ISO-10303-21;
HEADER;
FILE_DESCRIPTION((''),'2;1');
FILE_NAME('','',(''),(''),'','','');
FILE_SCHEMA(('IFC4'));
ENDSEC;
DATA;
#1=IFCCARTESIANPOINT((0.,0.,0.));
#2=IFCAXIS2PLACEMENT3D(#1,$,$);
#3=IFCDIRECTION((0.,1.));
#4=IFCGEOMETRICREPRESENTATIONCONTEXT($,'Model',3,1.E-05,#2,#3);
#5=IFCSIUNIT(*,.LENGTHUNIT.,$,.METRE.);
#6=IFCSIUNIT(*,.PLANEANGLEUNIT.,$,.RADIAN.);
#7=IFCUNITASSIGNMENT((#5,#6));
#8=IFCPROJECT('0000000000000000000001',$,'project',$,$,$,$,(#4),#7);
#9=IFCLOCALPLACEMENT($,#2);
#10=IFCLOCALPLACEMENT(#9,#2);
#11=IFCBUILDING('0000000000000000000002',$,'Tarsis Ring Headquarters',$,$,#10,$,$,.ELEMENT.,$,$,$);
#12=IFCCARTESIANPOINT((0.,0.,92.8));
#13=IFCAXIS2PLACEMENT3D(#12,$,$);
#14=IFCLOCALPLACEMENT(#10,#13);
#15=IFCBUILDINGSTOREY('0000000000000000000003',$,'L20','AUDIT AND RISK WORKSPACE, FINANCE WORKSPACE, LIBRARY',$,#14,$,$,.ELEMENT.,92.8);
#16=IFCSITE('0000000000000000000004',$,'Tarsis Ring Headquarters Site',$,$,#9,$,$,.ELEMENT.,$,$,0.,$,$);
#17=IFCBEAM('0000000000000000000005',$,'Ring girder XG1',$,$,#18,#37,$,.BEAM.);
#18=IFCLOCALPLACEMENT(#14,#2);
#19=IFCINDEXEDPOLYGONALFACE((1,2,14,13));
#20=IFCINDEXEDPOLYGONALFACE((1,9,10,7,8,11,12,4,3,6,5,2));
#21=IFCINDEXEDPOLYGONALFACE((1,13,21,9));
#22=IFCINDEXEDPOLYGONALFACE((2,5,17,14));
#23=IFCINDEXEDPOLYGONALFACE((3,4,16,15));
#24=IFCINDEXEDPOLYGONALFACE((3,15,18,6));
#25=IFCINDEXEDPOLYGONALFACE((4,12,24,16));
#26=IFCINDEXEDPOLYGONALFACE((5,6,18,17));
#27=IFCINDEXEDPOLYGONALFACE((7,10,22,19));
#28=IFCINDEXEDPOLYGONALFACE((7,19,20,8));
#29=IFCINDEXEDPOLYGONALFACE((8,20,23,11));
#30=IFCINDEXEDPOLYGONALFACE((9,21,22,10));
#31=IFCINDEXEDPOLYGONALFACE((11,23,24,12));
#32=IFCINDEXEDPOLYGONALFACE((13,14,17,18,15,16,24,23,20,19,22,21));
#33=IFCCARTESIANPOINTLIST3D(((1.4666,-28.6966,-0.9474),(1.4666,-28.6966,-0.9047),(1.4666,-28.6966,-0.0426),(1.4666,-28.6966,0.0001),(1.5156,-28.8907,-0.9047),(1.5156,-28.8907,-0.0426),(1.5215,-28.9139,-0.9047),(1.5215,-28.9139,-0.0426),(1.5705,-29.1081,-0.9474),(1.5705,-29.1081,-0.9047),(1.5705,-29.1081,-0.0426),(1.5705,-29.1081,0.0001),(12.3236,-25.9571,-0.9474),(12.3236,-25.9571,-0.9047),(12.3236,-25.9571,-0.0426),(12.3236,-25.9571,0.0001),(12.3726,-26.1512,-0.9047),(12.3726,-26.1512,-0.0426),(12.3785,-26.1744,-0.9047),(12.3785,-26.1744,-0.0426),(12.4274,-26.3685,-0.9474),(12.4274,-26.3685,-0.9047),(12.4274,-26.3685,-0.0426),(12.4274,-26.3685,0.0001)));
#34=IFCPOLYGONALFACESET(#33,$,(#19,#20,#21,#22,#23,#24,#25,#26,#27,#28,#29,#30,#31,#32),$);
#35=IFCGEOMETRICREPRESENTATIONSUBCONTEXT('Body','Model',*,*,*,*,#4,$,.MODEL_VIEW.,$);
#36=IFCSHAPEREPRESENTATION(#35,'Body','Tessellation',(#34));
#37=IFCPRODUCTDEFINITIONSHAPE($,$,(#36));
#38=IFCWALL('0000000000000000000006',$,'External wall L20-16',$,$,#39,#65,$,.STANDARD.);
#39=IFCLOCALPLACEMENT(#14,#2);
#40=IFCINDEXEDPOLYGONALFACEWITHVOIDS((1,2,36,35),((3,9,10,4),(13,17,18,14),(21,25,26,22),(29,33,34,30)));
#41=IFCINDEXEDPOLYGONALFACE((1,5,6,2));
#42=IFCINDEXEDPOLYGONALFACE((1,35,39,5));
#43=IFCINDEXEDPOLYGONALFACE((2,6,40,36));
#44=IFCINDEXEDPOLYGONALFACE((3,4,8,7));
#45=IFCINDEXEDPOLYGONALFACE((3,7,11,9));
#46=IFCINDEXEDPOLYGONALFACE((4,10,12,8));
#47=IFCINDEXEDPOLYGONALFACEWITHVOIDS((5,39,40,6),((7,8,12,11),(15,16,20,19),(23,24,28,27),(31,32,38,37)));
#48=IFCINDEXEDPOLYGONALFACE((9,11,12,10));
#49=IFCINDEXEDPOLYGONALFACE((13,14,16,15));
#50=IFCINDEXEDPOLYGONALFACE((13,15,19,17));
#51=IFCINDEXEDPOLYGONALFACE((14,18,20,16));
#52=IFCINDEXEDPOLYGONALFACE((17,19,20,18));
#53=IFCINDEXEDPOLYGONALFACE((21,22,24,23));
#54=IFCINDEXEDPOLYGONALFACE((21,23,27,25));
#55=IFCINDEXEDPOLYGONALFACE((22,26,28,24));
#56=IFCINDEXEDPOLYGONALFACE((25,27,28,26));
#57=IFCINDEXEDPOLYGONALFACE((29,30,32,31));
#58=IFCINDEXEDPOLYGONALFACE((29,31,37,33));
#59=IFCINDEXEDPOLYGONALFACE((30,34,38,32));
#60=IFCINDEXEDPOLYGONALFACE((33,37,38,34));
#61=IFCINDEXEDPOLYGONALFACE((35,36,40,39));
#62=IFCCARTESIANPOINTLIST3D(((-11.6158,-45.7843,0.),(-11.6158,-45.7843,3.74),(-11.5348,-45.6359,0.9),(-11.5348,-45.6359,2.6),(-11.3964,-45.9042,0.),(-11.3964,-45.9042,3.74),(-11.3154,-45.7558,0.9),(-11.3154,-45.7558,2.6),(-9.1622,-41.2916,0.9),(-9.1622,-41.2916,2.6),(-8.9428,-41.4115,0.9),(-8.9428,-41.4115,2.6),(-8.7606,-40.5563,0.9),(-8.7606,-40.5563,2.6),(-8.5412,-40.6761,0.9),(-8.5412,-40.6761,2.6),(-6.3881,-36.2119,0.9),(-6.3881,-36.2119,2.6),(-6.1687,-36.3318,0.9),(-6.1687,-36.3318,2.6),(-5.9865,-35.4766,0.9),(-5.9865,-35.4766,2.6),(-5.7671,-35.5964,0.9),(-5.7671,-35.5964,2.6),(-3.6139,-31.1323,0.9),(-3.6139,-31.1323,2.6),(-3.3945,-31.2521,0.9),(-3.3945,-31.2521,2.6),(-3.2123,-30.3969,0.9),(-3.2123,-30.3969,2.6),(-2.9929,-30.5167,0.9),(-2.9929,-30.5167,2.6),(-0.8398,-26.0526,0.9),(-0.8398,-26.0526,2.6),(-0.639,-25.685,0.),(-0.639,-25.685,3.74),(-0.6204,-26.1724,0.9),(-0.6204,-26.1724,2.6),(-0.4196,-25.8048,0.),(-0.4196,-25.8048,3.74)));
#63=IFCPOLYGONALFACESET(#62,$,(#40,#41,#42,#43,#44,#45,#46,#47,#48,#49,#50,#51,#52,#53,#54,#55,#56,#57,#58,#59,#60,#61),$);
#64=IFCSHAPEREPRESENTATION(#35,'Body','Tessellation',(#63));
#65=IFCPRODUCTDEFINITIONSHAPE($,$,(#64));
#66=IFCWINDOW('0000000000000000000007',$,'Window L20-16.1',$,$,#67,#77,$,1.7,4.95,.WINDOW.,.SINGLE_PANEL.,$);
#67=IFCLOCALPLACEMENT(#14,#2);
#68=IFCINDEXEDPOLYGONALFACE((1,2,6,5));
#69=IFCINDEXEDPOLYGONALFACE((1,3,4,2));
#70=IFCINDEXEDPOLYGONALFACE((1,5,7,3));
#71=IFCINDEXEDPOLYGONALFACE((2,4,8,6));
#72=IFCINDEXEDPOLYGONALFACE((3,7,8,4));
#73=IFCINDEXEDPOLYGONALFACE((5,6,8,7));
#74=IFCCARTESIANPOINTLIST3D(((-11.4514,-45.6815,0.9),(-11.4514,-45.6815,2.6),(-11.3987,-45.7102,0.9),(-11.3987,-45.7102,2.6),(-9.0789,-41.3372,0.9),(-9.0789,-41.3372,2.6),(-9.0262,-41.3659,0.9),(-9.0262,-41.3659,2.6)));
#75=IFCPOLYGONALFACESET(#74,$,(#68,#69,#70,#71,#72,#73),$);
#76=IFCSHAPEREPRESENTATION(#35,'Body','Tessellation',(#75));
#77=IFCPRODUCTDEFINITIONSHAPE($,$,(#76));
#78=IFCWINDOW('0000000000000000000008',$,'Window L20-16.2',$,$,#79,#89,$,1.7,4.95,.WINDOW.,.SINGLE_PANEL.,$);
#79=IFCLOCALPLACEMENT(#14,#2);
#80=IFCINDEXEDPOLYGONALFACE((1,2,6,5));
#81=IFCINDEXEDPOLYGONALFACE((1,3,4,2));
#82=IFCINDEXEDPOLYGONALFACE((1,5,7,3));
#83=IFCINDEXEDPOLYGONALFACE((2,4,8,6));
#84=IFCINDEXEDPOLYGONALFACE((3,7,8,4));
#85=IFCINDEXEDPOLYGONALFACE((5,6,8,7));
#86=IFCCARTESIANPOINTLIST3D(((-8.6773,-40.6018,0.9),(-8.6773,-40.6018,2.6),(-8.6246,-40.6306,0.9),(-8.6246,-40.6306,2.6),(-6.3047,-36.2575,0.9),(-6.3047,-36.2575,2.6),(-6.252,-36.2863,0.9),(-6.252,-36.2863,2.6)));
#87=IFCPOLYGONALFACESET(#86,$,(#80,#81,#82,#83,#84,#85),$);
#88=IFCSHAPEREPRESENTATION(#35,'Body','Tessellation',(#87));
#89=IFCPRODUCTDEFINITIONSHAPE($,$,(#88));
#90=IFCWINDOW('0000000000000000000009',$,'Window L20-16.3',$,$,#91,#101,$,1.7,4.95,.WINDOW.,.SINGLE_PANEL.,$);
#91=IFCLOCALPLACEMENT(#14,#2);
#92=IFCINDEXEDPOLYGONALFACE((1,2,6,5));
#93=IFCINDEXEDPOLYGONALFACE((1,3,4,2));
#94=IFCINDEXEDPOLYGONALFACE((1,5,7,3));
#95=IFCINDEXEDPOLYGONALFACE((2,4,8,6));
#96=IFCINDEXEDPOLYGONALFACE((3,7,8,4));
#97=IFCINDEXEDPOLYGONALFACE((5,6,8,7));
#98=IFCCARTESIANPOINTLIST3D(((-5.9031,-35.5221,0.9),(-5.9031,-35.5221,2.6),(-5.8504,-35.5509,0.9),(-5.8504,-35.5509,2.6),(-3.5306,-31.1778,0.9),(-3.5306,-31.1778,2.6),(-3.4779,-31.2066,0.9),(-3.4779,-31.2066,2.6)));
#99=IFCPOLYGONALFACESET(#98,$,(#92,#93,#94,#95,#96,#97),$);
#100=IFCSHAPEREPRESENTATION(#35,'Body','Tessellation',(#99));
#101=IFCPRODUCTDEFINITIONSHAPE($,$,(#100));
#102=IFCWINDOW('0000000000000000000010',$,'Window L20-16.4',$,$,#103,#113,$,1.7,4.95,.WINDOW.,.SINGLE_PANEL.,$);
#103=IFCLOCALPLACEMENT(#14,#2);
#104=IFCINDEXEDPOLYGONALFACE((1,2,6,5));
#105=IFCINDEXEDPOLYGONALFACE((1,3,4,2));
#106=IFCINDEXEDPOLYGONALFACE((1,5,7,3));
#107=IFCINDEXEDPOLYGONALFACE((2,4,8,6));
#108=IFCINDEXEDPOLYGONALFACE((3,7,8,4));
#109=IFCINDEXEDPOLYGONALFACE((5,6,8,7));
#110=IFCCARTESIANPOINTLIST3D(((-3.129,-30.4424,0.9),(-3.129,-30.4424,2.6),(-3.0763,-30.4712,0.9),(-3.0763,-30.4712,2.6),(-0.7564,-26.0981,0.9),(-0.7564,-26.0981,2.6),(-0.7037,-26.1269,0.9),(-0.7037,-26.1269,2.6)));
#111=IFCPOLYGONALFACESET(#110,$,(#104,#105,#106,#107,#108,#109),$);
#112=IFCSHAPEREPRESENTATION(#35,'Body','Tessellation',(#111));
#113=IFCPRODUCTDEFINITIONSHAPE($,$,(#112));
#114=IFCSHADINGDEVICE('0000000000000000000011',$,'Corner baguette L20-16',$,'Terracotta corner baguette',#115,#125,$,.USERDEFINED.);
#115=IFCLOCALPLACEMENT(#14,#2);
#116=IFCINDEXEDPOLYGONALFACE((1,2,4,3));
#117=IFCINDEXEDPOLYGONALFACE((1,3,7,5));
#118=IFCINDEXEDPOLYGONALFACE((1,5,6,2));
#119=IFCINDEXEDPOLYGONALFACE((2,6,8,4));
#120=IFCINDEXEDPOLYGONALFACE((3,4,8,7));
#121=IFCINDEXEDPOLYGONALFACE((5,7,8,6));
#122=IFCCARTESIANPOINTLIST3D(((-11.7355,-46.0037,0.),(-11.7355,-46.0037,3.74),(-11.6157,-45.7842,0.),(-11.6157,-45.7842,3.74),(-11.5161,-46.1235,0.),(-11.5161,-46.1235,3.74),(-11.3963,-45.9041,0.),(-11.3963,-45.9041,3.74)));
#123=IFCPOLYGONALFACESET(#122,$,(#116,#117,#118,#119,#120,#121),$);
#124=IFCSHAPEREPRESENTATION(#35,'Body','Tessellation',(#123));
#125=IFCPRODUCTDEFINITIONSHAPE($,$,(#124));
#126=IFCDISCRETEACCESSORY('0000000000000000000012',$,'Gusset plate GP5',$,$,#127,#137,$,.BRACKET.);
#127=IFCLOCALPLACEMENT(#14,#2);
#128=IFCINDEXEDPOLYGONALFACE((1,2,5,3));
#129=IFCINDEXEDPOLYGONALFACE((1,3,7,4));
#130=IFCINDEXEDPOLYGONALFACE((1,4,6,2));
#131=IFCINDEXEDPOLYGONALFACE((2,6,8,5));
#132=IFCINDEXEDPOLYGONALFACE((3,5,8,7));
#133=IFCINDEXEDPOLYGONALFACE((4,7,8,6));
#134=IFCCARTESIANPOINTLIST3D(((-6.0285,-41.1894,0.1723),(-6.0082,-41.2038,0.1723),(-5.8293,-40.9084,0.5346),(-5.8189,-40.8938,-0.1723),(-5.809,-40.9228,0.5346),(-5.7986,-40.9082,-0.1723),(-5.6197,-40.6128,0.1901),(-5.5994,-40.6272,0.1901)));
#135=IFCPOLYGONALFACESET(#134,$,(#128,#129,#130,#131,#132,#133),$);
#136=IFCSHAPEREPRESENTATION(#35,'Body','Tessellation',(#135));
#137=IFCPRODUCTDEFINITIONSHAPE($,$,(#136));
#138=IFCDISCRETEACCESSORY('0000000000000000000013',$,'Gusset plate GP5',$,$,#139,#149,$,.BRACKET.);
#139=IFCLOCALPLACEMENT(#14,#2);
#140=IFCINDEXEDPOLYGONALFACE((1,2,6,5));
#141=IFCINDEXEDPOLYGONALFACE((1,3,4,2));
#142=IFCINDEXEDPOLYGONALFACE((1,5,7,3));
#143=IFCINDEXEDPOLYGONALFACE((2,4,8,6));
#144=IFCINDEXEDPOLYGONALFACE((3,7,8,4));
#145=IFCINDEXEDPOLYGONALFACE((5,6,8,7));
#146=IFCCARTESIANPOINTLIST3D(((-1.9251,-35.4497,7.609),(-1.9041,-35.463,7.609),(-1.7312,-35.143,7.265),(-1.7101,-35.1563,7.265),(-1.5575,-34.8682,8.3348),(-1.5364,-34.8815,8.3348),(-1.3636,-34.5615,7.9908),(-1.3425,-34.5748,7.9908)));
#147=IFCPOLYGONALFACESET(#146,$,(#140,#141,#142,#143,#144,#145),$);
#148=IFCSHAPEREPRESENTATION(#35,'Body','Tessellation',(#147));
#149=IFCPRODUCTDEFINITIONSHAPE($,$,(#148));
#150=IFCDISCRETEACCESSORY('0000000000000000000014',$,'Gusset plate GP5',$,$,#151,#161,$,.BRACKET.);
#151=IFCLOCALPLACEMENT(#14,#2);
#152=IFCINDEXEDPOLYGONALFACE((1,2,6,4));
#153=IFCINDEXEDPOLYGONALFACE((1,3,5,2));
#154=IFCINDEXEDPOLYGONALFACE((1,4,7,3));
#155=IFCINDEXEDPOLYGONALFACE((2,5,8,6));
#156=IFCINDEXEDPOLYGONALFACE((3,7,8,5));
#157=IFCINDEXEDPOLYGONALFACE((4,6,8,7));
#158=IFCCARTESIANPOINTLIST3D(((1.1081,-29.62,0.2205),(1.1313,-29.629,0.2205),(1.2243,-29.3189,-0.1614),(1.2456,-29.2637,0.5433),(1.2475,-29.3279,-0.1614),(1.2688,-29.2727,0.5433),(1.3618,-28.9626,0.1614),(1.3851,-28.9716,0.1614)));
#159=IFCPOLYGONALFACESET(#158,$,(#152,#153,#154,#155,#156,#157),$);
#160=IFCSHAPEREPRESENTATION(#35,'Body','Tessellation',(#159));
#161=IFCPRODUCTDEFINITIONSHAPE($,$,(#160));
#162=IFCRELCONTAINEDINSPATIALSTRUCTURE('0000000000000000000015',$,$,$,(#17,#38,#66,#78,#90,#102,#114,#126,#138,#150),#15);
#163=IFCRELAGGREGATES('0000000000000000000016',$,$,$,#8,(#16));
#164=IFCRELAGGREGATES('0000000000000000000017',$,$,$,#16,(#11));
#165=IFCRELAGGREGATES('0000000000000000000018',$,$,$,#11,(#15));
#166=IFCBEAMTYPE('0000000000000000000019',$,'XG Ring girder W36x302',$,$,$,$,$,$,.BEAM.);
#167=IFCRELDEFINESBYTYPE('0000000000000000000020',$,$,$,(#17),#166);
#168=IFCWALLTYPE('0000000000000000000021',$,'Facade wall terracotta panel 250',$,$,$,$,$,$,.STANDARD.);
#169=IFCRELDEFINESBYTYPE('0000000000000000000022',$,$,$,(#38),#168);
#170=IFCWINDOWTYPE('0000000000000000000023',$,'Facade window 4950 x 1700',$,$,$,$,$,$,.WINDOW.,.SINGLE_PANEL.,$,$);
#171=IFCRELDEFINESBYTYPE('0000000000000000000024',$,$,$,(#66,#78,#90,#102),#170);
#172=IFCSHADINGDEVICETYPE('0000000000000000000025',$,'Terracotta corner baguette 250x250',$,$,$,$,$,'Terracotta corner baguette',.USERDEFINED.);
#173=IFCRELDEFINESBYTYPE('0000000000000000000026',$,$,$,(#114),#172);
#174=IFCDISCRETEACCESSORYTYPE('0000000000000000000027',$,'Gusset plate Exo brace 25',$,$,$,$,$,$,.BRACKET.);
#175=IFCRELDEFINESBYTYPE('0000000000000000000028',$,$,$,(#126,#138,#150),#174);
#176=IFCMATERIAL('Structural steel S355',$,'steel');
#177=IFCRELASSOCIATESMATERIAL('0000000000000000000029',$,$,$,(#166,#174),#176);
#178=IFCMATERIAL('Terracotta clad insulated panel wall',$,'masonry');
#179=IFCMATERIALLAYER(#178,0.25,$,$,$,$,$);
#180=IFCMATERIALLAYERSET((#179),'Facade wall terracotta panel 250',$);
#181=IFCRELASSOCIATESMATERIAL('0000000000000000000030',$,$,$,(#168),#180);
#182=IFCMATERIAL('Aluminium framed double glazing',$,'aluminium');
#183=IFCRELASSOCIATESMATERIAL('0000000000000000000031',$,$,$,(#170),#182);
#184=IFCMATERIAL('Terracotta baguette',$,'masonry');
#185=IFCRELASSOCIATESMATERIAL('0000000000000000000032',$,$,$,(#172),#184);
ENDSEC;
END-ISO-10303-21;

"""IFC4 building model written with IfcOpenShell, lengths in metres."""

from ifc_helpers import new_model, si_unit, direction, frame, frame_2d, origin, origin_2d, place, context, subcontext, project, spatial, rectangle, i_section, extrude, material, layer, layer_set, material_profile, profile_set, type_object, element, fill, save


model = new_model("IFC4")

# Units and contexts
model_context = context("Model", 3, precision=1e-05, world=origin(), true_north=direction((0.0, 1.0)))
body_context = subcontext(model_context, "Body", "Model", "MODEL_VIEW")
ifc_project = project(units=[si_unit("LENGTHUNIT", "METRE"), si_unit("PLANEANGLEUNIT", "RADIAN")], contexts=[model_context])

# Site, building, storey
site_placement = place(None, origin())
site = spatial("IfcSite", under=ifc_project, at=site_placement, Name="Tarsis Ring Headquarters Site", CompositionType="ELEMENT", RefElevation=0.0)
building_placement = place(site_placement, origin())
building = spatial("IfcBuilding", under=site, at=building_placement, Name="Tarsis Ring Headquarters", CompositionType="ELEMENT")
storey_placement = place(building_placement, frame((0.0, 0.0, 92.8)))
storey = spatial("IfcBuildingStorey", under=building, at=storey_placement, Name="L20", Description="AUDIT AND RISK WORKSPACE, FINANCE WORKSPACE, LIBRARY", CompositionType="ELEMENT", Elevation=92.8)

# Shared definitions
ifc_material_1 = material(Name="Structural steel S355", Category="steel")

# Beam
ifc_material_profile_1 = material_profile(ifc_material_1, i_section(OverallWidth=0.4243, OverallDepth=0.9475, WebThickness=0.0239, FlangeThickness=0.0427, at=origin_2d()), Name="W36x302")
ifc_profile_set_1 = profile_set([ifc_material_profile_1], Name="Structural steel S355")
beam_type = type_object("IfcBeamType", Name="XG Ring girder W36x302", PredefinedType="BEAM", material=ifc_profile_set_1)
beam_1_placement = place(storey_placement, frame((1.5186, -28.9023, -0.4736), z_axis=(0.969609, 0.244659, 0.0), x_axis=(-0.244659, 0.969609, 0.0)))
element("IfcBeam", 1, at=beam_1_placement, inside=storey, type_object=beam_type, Name="Ring girder XG1", PredefinedType="BEAM", context=body_context, shape_type="SweptSolid", body=[
    extrude(i_section(OverallWidth=0.4243, OverallDepth=0.9475, WebThickness=0.0239, FlangeThickness=0.0427, at=origin_2d()), origin(), (0.0, 0.0, 1.0), 11.1973),
])

# Wall, openings, windows
ifc_material_2 = material(Name="Terracotta clad insulated panel wall", Category="masonry")
ifc_layer = layer(ifc_material_2, 0.25)
ifc_layer_set = layer_set([ifc_layer], Name="Facade wall terracotta panel 250")
wall_type = type_object("IfcWallType", Name="Facade wall terracotta panel 250", PredefinedType="STANDARD", material=ifc_layer_set)
wall_placement = place(storey_placement, frame((-11.5061, -45.8442, 0.0), z_axis=(0.0, 0.0, 1.0), x_axis=(0.479307, 0.877647, 0.0)))
wall = element("IfcWall", 2, at=wall_placement, inside=storey, type_object=wall_type, Name="External wall L20-16", PredefinedType="STANDARD", context=body_context, shape_type="SweptSolid", body=[
    extrude(rectangle(XDim=22.9014, YDim=0.25, at=frame_2d((11.4507, 0.0))), origin(), (0.0, 0.0, 1.0), 3.74),
])
opening_1_placement = place(wall_placement, frame((0.1689, 0.0, 0.8999)))
opening_1 = element("IfcOpeningElement", 3, at=opening_1_placement, cuts=wall, PredefinedType="OPENING", context=body_context, shape_type="SweptSolid", body=[
    extrude(rectangle(XDim=4.95, YDim=1.7, at=frame_2d((2.4751, 0.8501))), frame((0.0, 0.135, 0.0), z_axis=(0.0, -1.0, 0.0), x_axis=(1.0, 0.0, 0.0)), (0.0, 0.0, 1.0), 0.27),
])
opening_2_placement = place(wall_placement, frame((5.9568, 0.0, 0.8999)))
opening_2 = element("IfcOpeningElement", 4, at=opening_2_placement, cuts=wall, PredefinedType="OPENING", context=body_context, shape_type="SweptSolid", body=[
    extrude(rectangle(XDim=4.95, YDim=1.7, at=frame_2d((2.4751, 0.8501))), frame((0.0, 0.135, 0.0), z_axis=(0.0, -1.0, 0.0), x_axis=(1.0, 0.0, 0.0)), (0.0, 0.0, 1.0), 0.27),
])
opening_3_placement = place(wall_placement, frame((11.7446, 0.0, 0.8999)))
opening_3 = element("IfcOpeningElement", 5, at=opening_3_placement, cuts=wall, PredefinedType="OPENING", context=body_context, shape_type="SweptSolid", body=[
    extrude(rectangle(XDim=4.95, YDim=1.7, at=frame_2d((2.4751, 0.8501))), frame((0.0, 0.135, 0.0), z_axis=(0.0, -1.0, 0.0), x_axis=(1.0, 0.0, 0.0)), (0.0, 0.0, 1.0), 0.27),
])
opening_4_placement = place(wall_placement, frame((17.5325, 0.0, 0.8999)))
opening_4 = element("IfcOpeningElement", 6, at=opening_4_placement, cuts=wall, PredefinedType="OPENING", context=body_context, shape_type="SweptSolid", body=[
    extrude(rectangle(XDim=4.95, YDim=1.7, at=frame_2d((2.4751, 0.8501))), frame((0.0, 0.135, 0.0), z_axis=(0.0, -1.0, 0.0), x_axis=(1.0, 0.0, 0.0)), (0.0, 0.0, 1.0), 0.27),
])
ifc_material_3 = material(Name="Aluminium framed double glazing", Category="aluminium")
window_type = type_object("IfcWindowType", Name="Facade window 4950 x 1700", PartitioningType="SINGLE_PANEL", PredefinedType="WINDOW", material=ifc_material_3)
window_1_placement = place(opening_1_placement, origin())
window_1 = element("IfcWindow", 7, at=window_1_placement, inside=storey, type_object=window_type, Name="Window L20-16.1", OverallHeight=1.7, OverallWidth=4.95, PartitioningType="SINGLE_PANEL", PredefinedType="WINDOW", context=body_context, shape_type="SweptSolid", body=[
    extrude(rectangle(XDim=4.95, YDim=1.7, at=frame_2d((2.4751, 0.8501))), frame((0.0, 0.03, 0.0), z_axis=(0.0, -1.0, 0.0), x_axis=(1.0, 0.0, 0.0)), (0.0, 0.0, 1.0), 0.0601),
])
fill(opening_1, window_1)
window_2_placement = place(opening_2_placement, origin())
window_2 = element("IfcWindow", 8, at=window_2_placement, inside=storey, type_object=window_type, Name="Window L20-16.2", OverallHeight=1.7, OverallWidth=4.95, PartitioningType="SINGLE_PANEL", PredefinedType="WINDOW", context=body_context, shape_type="SweptSolid", body=[
    extrude(rectangle(XDim=4.95, YDim=1.7, at=frame_2d((2.4751, 0.8501))), frame((0.0, 0.03, 0.0), z_axis=(0.0, -1.0, 0.0), x_axis=(1.0, 0.0, 0.0)), (0.0, 0.0, 1.0), 0.0601),
])
fill(opening_2, window_2)
window_3_placement = place(opening_3_placement, origin())
window_3 = element("IfcWindow", 9, at=window_3_placement, inside=storey, type_object=window_type, Name="Window L20-16.3", OverallHeight=1.7, OverallWidth=4.95, PartitioningType="SINGLE_PANEL", PredefinedType="WINDOW", context=body_context, shape_type="SweptSolid", body=[
    extrude(rectangle(XDim=4.95, YDim=1.7, at=frame_2d((2.4751, 0.8501))), frame((0.0, 0.03, 0.0), z_axis=(0.0, -1.0, 0.0), x_axis=(1.0, 0.0, 0.0)), (0.0, 0.0, 1.0), 0.0601),
])
fill(opening_3, window_3)
window_4_placement = place(opening_4_placement, origin())
window_4 = element("IfcWindow", 10, at=window_4_placement, inside=storey, type_object=window_type, Name="Window L20-16.4", OverallHeight=1.7, OverallWidth=4.95, PartitioningType="SINGLE_PANEL", PredefinedType="WINDOW", context=body_context, shape_type="SweptSolid", body=[
    extrude(rectangle(XDim=4.95, YDim=1.7, at=frame_2d((2.4751, 0.8501))), frame((0.0, 0.03, 0.0), z_axis=(0.0, -1.0, 0.0), x_axis=(1.0, 0.0, 0.0)), (0.0, 0.0, 1.0), 0.0601),
])
fill(opening_4, window_4)

# Shading device
ifc_material_4 = material(Name="Terracotta baguette", Category="masonry")
shading_device_type_1 = type_object("IfcShadingDeviceType", Name="Terracotta corner baguette 250x250", ElementType="Terracotta corner baguette", PredefinedType="USERDEFINED", material=ifc_material_4)
shading_device_1_placement = place(storey_placement, frame((-11.5659, -45.9539, 0.0), z_axis=(0.0, 0.0, 1.0), x_axis=(0.877649, -0.479305, 0.0)))
element("IfcShadingDevice", 11, at=shading_device_1_placement, inside=storey, type_object=shading_device_type_1, Name="Corner baguette L20-16", ObjectType="Terracotta corner baguette", PredefinedType="USERDEFINED", context=body_context, shape_type="SweptSolid", body=[
    extrude(rectangle(XDim=0.25, YDim=0.25, at=origin_2d()), origin(), (0.0, 0.0, 1.0), 3.74),
])

# Discrete accessories
ifc_material_profile_2 = material_profile(ifc_material_1, rectangle(XDim=0.0249, YDim=0.5, at=origin_2d()), Name="PL 25x500")
ifc_profile_set_2 = profile_set([ifc_material_profile_2], Name="Structural steel S355")
discrete_accessory_type = type_object("IfcDiscreteAccessoryType", Name="Gusset plate Exo brace 25", PredefinedType="BRACKET", material=ifc_profile_set_2)
discrete_accessory_1_placement = place(storey_placement, frame((-5.9136, -41.0488, 0.0), z_axis=(0.398504, 0.562105, 0.72473), x_axis=(-0.815788, 0.578352, 0.0)))
element("IfcDiscreteAccessory", 12, at=discrete_accessory_1_placement, inside=storey, type_object=discrete_accessory_type, Name="Gusset plate GP5", PredefinedType="BRACKET", context=body_context, shape_type="SweptSolid", body=[
    extrude(rectangle(XDim=0.0249, YDim=0.5, at=origin_2d()), origin(), (0.0, 0.0, 1.0), 0.5),
])
discrete_accessory_2_placement = place(storey_placement, frame((-1.8176, -35.303, 7.437), z_axis=(0.367638, 0.581483, 0.725755), x_axis=(-0.845236, 0.534393, 0.0)))
element("IfcDiscreteAccessory", 13, at=discrete_accessory_2_placement, inside=storey, type_object=discrete_accessory_type, Name="Gusset plate GP5", PredefinedType="BRACKET", context=body_context, shape_type="SweptSolid", body=[
    extrude(rectangle(XDim=0.0249, YDim=0.5, at=origin_2d()), origin(), (0.0, 0.0, 1.0), 1.0),
])
discrete_accessory_3_placement = place(storey_placement, frame((1.3047, -29.1453, 0.0), z_axis=(-0.232459, -0.602147, 0.763794), x_axis=(0.932896, -0.360145, 0.0)))
element("IfcDiscreteAccessory", 14, at=discrete_accessory_3_placement, inside=storey, type_object=discrete_accessory_type, Name="Gusset plate GP5", PredefinedType="BRACKET", context=body_context, shape_type="SweptSolid", body=[
    extrude(rectangle(XDim=0.0249, YDim=0.5, at=origin_2d()), origin(), (0.0, 0.0, 1.0), 0.5),
])

save(model, "model.ifc")
